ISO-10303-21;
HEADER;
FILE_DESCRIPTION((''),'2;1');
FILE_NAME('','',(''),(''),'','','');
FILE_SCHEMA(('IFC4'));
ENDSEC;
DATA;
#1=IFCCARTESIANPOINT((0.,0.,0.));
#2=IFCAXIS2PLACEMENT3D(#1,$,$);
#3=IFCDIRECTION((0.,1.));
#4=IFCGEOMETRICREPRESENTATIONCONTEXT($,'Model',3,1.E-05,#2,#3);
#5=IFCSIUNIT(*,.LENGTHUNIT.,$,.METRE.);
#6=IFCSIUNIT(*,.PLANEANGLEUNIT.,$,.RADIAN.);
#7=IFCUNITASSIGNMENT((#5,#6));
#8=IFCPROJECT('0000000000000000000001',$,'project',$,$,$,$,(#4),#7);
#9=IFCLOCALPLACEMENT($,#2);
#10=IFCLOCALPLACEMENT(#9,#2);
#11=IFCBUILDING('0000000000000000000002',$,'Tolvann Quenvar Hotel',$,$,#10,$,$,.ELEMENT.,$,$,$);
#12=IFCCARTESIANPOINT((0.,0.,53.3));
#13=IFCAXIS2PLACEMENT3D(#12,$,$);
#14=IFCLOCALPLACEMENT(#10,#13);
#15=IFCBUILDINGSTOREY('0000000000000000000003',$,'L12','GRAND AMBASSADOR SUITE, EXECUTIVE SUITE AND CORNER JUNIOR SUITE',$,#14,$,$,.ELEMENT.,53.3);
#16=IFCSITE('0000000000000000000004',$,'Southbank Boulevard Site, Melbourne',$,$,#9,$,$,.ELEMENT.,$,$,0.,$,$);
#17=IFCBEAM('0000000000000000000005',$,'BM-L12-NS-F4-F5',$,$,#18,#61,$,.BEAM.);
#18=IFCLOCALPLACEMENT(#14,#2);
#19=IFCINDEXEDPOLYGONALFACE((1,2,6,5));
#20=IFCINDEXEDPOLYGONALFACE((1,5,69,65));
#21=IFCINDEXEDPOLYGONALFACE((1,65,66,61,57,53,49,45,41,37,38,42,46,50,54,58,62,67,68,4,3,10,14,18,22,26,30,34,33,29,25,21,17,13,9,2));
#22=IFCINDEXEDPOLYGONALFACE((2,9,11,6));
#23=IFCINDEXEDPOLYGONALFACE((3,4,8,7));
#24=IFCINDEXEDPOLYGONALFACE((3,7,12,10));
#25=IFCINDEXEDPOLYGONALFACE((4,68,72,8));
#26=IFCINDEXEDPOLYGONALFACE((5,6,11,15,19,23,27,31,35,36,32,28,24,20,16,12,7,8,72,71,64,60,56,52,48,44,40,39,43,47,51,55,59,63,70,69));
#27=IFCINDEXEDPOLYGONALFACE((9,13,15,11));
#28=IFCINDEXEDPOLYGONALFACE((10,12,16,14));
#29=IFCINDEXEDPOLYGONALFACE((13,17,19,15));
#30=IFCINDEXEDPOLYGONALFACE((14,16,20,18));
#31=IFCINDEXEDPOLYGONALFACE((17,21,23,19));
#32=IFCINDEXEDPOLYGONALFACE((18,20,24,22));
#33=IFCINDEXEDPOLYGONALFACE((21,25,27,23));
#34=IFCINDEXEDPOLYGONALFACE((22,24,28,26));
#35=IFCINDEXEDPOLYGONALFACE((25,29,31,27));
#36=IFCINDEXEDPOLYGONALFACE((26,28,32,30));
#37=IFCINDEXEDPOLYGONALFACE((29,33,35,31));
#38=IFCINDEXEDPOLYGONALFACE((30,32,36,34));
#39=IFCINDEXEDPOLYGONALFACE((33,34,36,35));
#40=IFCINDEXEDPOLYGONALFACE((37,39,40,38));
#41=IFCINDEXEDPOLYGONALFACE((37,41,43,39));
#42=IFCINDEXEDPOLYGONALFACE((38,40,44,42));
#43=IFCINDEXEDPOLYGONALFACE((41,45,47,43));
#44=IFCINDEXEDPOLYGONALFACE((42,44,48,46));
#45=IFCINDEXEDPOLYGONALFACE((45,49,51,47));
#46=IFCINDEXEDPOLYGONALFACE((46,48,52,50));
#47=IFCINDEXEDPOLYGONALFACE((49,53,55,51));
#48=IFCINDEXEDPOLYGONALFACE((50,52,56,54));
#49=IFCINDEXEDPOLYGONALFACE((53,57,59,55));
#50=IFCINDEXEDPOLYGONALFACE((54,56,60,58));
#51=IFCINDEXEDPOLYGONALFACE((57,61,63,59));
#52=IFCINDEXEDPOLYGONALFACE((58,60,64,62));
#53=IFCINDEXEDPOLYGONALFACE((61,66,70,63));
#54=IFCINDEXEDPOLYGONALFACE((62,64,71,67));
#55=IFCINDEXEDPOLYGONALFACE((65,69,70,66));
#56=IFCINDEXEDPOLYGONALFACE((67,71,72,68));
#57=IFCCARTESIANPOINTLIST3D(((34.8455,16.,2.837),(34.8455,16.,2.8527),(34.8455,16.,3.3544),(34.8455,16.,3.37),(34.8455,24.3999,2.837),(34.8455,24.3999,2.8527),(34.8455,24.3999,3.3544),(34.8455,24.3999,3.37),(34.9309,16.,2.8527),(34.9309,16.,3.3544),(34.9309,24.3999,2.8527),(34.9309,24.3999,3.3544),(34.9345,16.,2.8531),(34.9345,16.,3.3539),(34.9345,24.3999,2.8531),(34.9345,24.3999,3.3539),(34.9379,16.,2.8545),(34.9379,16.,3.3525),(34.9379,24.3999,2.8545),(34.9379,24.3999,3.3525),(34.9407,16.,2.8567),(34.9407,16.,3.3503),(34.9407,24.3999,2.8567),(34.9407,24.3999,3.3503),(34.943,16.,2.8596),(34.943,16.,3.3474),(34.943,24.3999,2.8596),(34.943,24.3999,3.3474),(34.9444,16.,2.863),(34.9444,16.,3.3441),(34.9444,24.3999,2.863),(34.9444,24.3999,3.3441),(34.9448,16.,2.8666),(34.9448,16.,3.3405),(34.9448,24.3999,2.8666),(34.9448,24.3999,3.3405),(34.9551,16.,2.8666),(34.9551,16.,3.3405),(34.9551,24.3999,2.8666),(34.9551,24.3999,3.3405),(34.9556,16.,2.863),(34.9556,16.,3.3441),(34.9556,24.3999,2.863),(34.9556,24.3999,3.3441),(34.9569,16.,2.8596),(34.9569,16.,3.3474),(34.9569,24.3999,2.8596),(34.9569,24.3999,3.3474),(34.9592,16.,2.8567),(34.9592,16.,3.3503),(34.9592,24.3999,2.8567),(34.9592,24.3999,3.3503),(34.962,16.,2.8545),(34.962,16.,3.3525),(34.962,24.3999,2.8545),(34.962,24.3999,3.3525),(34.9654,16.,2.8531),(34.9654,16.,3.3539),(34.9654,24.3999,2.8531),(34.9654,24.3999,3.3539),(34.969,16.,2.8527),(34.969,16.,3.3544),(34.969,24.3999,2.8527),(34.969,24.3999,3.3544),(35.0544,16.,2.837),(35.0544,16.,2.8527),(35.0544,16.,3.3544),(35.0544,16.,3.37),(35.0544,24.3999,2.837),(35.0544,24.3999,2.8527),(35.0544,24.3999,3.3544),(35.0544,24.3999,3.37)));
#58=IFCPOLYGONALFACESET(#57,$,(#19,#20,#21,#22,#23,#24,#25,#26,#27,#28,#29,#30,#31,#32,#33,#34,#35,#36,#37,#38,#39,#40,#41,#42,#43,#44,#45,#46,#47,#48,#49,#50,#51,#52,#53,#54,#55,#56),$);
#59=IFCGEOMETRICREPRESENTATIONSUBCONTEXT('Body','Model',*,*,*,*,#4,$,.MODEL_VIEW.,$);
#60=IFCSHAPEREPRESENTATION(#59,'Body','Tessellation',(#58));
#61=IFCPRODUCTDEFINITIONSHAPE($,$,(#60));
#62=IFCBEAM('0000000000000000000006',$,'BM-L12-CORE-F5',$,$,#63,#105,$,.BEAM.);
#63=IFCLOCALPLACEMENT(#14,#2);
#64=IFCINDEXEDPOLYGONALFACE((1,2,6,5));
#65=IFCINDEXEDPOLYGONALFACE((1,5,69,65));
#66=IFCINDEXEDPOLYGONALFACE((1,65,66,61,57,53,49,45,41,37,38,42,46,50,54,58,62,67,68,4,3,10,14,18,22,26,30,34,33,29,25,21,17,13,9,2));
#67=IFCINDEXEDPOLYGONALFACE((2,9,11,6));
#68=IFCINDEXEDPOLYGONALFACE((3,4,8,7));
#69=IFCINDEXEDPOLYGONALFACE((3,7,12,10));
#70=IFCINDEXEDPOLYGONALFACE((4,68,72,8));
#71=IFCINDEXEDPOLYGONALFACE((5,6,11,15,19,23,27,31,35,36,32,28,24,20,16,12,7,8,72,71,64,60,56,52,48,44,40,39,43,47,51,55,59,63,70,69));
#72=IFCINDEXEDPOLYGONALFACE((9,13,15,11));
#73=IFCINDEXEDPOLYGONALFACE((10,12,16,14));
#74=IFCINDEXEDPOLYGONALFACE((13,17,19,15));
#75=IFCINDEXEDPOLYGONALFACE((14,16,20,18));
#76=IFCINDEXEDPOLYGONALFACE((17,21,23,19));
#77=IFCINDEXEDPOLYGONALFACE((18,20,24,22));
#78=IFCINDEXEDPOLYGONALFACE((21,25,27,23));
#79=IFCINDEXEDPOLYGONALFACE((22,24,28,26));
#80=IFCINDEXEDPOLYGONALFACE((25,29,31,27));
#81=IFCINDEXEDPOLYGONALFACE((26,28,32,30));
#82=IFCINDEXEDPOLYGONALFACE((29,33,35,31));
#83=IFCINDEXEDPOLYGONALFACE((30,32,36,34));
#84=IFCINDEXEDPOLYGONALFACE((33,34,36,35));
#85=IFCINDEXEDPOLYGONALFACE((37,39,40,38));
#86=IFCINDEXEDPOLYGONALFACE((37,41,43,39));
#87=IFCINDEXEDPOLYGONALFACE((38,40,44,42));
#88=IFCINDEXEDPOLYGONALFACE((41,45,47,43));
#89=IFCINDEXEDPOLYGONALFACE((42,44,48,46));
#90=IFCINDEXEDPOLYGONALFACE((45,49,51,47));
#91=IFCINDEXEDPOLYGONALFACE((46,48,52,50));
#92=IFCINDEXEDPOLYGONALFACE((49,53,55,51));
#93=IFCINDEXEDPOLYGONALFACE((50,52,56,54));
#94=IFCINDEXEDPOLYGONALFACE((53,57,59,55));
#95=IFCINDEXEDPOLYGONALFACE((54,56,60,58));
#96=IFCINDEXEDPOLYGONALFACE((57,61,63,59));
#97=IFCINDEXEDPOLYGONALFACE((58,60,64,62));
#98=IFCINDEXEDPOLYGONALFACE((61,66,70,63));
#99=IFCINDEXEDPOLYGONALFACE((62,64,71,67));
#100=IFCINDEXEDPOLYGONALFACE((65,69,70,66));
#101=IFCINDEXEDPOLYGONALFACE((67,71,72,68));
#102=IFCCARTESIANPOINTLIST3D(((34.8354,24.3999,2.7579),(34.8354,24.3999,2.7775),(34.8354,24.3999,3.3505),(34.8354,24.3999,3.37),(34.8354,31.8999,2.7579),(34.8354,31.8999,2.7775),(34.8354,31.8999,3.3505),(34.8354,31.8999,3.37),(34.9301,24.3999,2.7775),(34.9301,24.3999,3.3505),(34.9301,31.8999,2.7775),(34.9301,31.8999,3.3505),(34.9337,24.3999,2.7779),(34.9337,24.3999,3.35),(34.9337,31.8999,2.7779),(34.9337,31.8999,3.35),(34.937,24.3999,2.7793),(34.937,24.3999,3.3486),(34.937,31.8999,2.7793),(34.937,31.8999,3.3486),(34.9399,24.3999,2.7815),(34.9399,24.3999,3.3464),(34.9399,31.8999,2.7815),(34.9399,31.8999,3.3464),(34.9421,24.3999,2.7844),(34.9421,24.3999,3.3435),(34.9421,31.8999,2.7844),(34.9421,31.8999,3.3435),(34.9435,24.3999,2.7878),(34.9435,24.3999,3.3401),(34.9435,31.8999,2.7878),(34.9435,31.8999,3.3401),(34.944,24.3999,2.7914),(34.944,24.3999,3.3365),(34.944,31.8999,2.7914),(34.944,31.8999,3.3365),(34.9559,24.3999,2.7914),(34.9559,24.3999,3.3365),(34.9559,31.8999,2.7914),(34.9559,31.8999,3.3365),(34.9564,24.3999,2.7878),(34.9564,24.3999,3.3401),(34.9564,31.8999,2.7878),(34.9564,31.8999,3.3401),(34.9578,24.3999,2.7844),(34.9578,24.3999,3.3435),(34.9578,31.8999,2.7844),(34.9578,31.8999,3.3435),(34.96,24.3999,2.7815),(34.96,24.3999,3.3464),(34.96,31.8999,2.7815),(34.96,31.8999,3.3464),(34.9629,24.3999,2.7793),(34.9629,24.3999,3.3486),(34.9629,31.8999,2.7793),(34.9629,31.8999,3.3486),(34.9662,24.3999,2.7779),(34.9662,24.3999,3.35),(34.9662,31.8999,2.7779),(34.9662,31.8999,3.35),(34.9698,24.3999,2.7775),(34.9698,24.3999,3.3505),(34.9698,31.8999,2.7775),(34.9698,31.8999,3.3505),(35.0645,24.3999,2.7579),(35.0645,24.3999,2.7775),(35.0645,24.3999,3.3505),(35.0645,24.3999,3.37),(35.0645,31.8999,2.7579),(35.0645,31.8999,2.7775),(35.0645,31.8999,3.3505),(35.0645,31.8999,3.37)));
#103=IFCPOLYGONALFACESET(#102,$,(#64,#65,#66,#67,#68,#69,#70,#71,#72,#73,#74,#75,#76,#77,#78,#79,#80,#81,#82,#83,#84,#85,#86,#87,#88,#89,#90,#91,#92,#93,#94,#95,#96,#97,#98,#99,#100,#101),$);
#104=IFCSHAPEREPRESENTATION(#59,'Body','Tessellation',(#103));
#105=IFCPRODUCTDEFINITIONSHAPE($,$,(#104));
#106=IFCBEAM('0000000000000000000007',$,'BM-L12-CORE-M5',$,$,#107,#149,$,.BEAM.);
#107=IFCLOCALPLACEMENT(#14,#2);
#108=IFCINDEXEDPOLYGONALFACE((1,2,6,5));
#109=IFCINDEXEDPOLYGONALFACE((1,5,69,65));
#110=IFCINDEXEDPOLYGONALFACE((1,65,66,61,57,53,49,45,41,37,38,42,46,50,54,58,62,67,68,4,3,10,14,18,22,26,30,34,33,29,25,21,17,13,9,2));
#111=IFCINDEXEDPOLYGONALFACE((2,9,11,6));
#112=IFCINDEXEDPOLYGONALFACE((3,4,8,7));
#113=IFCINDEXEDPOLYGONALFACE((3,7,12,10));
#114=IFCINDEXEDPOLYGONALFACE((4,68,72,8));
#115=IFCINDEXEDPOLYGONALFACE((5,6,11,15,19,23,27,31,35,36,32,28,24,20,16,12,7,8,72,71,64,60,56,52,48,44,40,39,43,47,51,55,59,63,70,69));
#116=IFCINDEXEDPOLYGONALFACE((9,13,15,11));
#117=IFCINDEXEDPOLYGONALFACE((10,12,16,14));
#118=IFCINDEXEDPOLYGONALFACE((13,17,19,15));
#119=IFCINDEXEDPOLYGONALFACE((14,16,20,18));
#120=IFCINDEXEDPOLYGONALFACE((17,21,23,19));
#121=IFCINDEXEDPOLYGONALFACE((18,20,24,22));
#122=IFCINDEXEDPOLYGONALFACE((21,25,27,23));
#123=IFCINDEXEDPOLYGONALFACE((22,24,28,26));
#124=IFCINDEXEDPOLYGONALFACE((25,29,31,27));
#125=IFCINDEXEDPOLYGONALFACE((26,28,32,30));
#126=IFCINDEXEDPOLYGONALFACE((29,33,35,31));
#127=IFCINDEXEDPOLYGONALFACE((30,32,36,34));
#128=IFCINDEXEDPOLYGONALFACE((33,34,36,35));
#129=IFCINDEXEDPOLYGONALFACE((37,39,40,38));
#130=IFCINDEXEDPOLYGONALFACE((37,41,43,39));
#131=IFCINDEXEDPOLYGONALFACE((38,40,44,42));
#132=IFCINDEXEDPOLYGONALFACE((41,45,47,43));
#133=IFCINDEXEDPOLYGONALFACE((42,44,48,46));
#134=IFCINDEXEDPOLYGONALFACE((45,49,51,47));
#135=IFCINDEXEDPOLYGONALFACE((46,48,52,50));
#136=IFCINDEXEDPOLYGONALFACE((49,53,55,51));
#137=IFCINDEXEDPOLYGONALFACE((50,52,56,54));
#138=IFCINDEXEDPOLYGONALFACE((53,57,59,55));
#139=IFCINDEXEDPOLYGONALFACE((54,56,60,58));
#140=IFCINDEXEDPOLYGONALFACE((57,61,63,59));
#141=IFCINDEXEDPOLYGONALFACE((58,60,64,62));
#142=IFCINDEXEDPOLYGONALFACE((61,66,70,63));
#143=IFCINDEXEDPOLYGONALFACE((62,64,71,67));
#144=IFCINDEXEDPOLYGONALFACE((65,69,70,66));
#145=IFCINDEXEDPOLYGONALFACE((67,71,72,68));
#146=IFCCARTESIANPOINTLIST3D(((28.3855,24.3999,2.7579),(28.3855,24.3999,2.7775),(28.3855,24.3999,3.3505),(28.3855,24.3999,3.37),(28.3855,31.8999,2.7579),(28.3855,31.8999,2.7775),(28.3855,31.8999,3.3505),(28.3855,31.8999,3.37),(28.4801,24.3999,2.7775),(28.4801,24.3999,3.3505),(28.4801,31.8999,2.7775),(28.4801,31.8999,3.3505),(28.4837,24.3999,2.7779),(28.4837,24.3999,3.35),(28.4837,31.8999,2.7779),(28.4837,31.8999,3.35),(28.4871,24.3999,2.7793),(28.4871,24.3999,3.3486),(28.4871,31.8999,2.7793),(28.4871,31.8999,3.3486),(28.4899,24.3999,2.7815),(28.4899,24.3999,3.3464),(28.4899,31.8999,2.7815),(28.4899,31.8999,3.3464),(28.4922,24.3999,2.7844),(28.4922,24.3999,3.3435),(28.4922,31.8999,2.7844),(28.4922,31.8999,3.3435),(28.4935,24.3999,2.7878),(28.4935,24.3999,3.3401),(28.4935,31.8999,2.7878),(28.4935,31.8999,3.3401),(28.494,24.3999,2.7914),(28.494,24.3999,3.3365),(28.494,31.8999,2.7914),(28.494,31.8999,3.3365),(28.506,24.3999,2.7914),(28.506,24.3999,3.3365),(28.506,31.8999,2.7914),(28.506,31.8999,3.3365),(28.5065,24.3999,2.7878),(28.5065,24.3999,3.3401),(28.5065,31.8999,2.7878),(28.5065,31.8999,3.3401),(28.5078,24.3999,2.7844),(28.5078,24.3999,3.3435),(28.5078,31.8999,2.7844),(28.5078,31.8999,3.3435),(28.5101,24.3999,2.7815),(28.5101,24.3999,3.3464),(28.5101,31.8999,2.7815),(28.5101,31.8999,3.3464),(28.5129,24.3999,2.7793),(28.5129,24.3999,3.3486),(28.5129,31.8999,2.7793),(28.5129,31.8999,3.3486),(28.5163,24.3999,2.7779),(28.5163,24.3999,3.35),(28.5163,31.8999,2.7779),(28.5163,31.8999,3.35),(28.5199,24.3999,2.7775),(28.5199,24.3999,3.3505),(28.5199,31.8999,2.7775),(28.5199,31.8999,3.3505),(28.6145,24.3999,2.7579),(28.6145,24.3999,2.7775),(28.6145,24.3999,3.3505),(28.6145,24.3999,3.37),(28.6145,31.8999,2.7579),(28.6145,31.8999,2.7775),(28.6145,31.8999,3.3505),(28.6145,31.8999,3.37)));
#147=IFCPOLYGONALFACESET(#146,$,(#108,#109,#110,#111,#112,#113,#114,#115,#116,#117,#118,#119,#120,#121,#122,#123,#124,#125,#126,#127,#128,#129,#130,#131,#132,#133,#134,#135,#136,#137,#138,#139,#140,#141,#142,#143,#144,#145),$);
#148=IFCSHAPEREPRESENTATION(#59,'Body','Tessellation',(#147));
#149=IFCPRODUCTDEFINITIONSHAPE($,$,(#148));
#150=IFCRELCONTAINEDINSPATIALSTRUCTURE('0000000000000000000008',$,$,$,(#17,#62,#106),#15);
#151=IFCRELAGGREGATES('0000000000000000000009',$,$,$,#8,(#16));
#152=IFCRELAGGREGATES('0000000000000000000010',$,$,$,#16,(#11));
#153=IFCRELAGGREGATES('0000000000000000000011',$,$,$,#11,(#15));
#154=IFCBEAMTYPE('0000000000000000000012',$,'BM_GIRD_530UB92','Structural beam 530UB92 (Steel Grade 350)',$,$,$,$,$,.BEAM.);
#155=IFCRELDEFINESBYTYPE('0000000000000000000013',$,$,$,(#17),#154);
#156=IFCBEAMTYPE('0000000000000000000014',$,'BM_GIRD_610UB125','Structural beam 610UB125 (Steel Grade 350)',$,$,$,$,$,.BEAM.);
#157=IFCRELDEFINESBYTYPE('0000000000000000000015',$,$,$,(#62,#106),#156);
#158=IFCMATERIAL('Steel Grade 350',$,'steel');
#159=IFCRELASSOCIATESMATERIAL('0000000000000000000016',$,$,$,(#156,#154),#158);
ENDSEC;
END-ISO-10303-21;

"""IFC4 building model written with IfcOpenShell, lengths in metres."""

from ifc_helpers import new_model, si_unit, direction, frame, origin, origin_2d, place, context, subcontext, project, spatial, i_section, extrude, source, transform, mapped, material, material_profile, profile_set, type_object, type_shapes, element, save


model = new_model("IFC4")

# Units and contexts
model_context = context("Model", 3, precision=1e-05, world=origin(), true_north=direction((0.0, 1.0)))
body_context = subcontext(model_context, "Body", "Model", "MODEL_VIEW")
ifc_project = project(units=[si_unit("LENGTHUNIT", "METRE"), si_unit("PLANEANGLEUNIT", "RADIAN")], contexts=[model_context])

# Site, building, storey
site_placement = place(None, origin())
site = spatial("IfcSite", under=ifc_project, at=site_placement, Name="Southbank Boulevard Site, Melbourne", CompositionType="ELEMENT", RefElevation=0.0)
building_placement = place(site_placement, origin())
building = spatial("IfcBuilding", under=site, at=building_placement, Name="Tolvann Quenvar Hotel", CompositionType="ELEMENT")
storey_placement = place(building_placement, frame((0.0, 0.0, 53.3)))
storey = spatial("IfcBuildingStorey", under=building, at=storey_placement, Name="L12", Description="GRAND AMBASSADOR SUITE, EXECUTIVE SUITE AND CORNER JUNIOR SUITE", CompositionType="ELEMENT", Elevation=53.3)

# Shared definitions
ifc_material_1 = material(Name="Steel Grade 350", Category="steel")

# Beams
ifc_material_profile_1 = material_profile(ifc_material_1, i_section(OverallWidth=0.229, OverallDepth=0.6121, WebThickness=0.012, FlangeThickness=0.0195, FilletRadius=0.0139, at=origin_2d()), Name="610UB125")
ifc_profile_set_1 = profile_set([ifc_material_profile_1], Name="Steel Grade 350")
beam_type_1 = type_object("IfcBeamType", Name="BM_GIRD_610UB125", Description="Structural beam 610UB125 (Steel Grade 350)", PredefinedType="BEAM", material=ifc_profile_set_1)
ifc_material_profile_2 = material_profile(ifc_material_1, i_section(OverallWidth=0.209, OverallDepth=0.533, WebThickness=0.0103, FlangeThickness=0.0156, FilletRadius=0.0139, at=origin_2d()), Name="530UB92")
ifc_profile_set_2 = profile_set([ifc_material_profile_2], Name="Steel Grade 350")
beam_type_2 = type_object("IfcBeamType", Name="BM_GIRD_530UB92", Description="Structural beam 530UB92 (Steel Grade 350)", PredefinedType="BEAM", material=ifc_profile_set_2)
shared_shape_1 = source(origin(), body_context, "Body", "SweptSolid", [
    extrude(i_section(OverallWidth=0.209, OverallDepth=0.533, WebThickness=0.0103, FlangeThickness=0.0156, FilletRadius=0.0139, at=origin_2d()), origin(), (0.0, 0.0, 1.0), 8.3999),
])
type_shapes(beam_type_2, [shared_shape_1])
beam_1_placement = place(storey_placement, frame((34.95, 16.0, 3.1035), z_axis=(0.0, 1.0, 0.0), x_axis=(-1.0, 0.0, 0.0)))
element("IfcBeam", 1, at=beam_1_placement, inside=storey, type_object=beam_type_2, Name="BM-L12-NS-F4-F5", PredefinedType="BEAM", context=body_context, shape_type="MappedRepresentation", body=[
    mapped(shared_shape_1, transform((0.0, 0.0, 0.0), x_axis=(1.0, 0.0, 0.0), y_axis=(0.0, 1.0, 0.0), z_axis=(0.0, 0.0, 1.0), scale=1.0)),
])
shared_shape_2 = source(origin(), body_context, "Body", "SweptSolid", [
    extrude(i_section(OverallWidth=0.229, OverallDepth=0.6121, WebThickness=0.012, FlangeThickness=0.0195, FilletRadius=0.0139, at=origin_2d()), origin(), (0.0, 0.0, 1.0), 7.5),
])
for number, where, z_axis, x_axis, name in (
    (2, (34.95, 24.3999, 3.064), (0.0, 1.0, 0.0), (-1.0, 0.0, 0.0), "BM-L12-CORE-F5"),
    (3, (28.5, 24.3999, 3.064), (0.0, 1.0, 0.0), (-1.0, 0.0, 0.0), "BM-L12-CORE-M5"),
):
    element("IfcBeam", number, at=place(storey_placement, frame(where, z_axis=z_axis, x_axis=x_axis)), inside=storey, type_object=beam_type_1, Name=name, PredefinedType="BEAM", context=body_context, shape_type="MappedRepresentation", body=[
        mapped(shared_shape_2, transform((0.0, 0.0, 0.0), x_axis=(1.0, 0.0, 0.0), y_axis=(0.0, 1.0, 0.0), z_axis=(0.0, 0.0, 1.0), scale=1.0)),
    ])

save(model, "model.ifc")
